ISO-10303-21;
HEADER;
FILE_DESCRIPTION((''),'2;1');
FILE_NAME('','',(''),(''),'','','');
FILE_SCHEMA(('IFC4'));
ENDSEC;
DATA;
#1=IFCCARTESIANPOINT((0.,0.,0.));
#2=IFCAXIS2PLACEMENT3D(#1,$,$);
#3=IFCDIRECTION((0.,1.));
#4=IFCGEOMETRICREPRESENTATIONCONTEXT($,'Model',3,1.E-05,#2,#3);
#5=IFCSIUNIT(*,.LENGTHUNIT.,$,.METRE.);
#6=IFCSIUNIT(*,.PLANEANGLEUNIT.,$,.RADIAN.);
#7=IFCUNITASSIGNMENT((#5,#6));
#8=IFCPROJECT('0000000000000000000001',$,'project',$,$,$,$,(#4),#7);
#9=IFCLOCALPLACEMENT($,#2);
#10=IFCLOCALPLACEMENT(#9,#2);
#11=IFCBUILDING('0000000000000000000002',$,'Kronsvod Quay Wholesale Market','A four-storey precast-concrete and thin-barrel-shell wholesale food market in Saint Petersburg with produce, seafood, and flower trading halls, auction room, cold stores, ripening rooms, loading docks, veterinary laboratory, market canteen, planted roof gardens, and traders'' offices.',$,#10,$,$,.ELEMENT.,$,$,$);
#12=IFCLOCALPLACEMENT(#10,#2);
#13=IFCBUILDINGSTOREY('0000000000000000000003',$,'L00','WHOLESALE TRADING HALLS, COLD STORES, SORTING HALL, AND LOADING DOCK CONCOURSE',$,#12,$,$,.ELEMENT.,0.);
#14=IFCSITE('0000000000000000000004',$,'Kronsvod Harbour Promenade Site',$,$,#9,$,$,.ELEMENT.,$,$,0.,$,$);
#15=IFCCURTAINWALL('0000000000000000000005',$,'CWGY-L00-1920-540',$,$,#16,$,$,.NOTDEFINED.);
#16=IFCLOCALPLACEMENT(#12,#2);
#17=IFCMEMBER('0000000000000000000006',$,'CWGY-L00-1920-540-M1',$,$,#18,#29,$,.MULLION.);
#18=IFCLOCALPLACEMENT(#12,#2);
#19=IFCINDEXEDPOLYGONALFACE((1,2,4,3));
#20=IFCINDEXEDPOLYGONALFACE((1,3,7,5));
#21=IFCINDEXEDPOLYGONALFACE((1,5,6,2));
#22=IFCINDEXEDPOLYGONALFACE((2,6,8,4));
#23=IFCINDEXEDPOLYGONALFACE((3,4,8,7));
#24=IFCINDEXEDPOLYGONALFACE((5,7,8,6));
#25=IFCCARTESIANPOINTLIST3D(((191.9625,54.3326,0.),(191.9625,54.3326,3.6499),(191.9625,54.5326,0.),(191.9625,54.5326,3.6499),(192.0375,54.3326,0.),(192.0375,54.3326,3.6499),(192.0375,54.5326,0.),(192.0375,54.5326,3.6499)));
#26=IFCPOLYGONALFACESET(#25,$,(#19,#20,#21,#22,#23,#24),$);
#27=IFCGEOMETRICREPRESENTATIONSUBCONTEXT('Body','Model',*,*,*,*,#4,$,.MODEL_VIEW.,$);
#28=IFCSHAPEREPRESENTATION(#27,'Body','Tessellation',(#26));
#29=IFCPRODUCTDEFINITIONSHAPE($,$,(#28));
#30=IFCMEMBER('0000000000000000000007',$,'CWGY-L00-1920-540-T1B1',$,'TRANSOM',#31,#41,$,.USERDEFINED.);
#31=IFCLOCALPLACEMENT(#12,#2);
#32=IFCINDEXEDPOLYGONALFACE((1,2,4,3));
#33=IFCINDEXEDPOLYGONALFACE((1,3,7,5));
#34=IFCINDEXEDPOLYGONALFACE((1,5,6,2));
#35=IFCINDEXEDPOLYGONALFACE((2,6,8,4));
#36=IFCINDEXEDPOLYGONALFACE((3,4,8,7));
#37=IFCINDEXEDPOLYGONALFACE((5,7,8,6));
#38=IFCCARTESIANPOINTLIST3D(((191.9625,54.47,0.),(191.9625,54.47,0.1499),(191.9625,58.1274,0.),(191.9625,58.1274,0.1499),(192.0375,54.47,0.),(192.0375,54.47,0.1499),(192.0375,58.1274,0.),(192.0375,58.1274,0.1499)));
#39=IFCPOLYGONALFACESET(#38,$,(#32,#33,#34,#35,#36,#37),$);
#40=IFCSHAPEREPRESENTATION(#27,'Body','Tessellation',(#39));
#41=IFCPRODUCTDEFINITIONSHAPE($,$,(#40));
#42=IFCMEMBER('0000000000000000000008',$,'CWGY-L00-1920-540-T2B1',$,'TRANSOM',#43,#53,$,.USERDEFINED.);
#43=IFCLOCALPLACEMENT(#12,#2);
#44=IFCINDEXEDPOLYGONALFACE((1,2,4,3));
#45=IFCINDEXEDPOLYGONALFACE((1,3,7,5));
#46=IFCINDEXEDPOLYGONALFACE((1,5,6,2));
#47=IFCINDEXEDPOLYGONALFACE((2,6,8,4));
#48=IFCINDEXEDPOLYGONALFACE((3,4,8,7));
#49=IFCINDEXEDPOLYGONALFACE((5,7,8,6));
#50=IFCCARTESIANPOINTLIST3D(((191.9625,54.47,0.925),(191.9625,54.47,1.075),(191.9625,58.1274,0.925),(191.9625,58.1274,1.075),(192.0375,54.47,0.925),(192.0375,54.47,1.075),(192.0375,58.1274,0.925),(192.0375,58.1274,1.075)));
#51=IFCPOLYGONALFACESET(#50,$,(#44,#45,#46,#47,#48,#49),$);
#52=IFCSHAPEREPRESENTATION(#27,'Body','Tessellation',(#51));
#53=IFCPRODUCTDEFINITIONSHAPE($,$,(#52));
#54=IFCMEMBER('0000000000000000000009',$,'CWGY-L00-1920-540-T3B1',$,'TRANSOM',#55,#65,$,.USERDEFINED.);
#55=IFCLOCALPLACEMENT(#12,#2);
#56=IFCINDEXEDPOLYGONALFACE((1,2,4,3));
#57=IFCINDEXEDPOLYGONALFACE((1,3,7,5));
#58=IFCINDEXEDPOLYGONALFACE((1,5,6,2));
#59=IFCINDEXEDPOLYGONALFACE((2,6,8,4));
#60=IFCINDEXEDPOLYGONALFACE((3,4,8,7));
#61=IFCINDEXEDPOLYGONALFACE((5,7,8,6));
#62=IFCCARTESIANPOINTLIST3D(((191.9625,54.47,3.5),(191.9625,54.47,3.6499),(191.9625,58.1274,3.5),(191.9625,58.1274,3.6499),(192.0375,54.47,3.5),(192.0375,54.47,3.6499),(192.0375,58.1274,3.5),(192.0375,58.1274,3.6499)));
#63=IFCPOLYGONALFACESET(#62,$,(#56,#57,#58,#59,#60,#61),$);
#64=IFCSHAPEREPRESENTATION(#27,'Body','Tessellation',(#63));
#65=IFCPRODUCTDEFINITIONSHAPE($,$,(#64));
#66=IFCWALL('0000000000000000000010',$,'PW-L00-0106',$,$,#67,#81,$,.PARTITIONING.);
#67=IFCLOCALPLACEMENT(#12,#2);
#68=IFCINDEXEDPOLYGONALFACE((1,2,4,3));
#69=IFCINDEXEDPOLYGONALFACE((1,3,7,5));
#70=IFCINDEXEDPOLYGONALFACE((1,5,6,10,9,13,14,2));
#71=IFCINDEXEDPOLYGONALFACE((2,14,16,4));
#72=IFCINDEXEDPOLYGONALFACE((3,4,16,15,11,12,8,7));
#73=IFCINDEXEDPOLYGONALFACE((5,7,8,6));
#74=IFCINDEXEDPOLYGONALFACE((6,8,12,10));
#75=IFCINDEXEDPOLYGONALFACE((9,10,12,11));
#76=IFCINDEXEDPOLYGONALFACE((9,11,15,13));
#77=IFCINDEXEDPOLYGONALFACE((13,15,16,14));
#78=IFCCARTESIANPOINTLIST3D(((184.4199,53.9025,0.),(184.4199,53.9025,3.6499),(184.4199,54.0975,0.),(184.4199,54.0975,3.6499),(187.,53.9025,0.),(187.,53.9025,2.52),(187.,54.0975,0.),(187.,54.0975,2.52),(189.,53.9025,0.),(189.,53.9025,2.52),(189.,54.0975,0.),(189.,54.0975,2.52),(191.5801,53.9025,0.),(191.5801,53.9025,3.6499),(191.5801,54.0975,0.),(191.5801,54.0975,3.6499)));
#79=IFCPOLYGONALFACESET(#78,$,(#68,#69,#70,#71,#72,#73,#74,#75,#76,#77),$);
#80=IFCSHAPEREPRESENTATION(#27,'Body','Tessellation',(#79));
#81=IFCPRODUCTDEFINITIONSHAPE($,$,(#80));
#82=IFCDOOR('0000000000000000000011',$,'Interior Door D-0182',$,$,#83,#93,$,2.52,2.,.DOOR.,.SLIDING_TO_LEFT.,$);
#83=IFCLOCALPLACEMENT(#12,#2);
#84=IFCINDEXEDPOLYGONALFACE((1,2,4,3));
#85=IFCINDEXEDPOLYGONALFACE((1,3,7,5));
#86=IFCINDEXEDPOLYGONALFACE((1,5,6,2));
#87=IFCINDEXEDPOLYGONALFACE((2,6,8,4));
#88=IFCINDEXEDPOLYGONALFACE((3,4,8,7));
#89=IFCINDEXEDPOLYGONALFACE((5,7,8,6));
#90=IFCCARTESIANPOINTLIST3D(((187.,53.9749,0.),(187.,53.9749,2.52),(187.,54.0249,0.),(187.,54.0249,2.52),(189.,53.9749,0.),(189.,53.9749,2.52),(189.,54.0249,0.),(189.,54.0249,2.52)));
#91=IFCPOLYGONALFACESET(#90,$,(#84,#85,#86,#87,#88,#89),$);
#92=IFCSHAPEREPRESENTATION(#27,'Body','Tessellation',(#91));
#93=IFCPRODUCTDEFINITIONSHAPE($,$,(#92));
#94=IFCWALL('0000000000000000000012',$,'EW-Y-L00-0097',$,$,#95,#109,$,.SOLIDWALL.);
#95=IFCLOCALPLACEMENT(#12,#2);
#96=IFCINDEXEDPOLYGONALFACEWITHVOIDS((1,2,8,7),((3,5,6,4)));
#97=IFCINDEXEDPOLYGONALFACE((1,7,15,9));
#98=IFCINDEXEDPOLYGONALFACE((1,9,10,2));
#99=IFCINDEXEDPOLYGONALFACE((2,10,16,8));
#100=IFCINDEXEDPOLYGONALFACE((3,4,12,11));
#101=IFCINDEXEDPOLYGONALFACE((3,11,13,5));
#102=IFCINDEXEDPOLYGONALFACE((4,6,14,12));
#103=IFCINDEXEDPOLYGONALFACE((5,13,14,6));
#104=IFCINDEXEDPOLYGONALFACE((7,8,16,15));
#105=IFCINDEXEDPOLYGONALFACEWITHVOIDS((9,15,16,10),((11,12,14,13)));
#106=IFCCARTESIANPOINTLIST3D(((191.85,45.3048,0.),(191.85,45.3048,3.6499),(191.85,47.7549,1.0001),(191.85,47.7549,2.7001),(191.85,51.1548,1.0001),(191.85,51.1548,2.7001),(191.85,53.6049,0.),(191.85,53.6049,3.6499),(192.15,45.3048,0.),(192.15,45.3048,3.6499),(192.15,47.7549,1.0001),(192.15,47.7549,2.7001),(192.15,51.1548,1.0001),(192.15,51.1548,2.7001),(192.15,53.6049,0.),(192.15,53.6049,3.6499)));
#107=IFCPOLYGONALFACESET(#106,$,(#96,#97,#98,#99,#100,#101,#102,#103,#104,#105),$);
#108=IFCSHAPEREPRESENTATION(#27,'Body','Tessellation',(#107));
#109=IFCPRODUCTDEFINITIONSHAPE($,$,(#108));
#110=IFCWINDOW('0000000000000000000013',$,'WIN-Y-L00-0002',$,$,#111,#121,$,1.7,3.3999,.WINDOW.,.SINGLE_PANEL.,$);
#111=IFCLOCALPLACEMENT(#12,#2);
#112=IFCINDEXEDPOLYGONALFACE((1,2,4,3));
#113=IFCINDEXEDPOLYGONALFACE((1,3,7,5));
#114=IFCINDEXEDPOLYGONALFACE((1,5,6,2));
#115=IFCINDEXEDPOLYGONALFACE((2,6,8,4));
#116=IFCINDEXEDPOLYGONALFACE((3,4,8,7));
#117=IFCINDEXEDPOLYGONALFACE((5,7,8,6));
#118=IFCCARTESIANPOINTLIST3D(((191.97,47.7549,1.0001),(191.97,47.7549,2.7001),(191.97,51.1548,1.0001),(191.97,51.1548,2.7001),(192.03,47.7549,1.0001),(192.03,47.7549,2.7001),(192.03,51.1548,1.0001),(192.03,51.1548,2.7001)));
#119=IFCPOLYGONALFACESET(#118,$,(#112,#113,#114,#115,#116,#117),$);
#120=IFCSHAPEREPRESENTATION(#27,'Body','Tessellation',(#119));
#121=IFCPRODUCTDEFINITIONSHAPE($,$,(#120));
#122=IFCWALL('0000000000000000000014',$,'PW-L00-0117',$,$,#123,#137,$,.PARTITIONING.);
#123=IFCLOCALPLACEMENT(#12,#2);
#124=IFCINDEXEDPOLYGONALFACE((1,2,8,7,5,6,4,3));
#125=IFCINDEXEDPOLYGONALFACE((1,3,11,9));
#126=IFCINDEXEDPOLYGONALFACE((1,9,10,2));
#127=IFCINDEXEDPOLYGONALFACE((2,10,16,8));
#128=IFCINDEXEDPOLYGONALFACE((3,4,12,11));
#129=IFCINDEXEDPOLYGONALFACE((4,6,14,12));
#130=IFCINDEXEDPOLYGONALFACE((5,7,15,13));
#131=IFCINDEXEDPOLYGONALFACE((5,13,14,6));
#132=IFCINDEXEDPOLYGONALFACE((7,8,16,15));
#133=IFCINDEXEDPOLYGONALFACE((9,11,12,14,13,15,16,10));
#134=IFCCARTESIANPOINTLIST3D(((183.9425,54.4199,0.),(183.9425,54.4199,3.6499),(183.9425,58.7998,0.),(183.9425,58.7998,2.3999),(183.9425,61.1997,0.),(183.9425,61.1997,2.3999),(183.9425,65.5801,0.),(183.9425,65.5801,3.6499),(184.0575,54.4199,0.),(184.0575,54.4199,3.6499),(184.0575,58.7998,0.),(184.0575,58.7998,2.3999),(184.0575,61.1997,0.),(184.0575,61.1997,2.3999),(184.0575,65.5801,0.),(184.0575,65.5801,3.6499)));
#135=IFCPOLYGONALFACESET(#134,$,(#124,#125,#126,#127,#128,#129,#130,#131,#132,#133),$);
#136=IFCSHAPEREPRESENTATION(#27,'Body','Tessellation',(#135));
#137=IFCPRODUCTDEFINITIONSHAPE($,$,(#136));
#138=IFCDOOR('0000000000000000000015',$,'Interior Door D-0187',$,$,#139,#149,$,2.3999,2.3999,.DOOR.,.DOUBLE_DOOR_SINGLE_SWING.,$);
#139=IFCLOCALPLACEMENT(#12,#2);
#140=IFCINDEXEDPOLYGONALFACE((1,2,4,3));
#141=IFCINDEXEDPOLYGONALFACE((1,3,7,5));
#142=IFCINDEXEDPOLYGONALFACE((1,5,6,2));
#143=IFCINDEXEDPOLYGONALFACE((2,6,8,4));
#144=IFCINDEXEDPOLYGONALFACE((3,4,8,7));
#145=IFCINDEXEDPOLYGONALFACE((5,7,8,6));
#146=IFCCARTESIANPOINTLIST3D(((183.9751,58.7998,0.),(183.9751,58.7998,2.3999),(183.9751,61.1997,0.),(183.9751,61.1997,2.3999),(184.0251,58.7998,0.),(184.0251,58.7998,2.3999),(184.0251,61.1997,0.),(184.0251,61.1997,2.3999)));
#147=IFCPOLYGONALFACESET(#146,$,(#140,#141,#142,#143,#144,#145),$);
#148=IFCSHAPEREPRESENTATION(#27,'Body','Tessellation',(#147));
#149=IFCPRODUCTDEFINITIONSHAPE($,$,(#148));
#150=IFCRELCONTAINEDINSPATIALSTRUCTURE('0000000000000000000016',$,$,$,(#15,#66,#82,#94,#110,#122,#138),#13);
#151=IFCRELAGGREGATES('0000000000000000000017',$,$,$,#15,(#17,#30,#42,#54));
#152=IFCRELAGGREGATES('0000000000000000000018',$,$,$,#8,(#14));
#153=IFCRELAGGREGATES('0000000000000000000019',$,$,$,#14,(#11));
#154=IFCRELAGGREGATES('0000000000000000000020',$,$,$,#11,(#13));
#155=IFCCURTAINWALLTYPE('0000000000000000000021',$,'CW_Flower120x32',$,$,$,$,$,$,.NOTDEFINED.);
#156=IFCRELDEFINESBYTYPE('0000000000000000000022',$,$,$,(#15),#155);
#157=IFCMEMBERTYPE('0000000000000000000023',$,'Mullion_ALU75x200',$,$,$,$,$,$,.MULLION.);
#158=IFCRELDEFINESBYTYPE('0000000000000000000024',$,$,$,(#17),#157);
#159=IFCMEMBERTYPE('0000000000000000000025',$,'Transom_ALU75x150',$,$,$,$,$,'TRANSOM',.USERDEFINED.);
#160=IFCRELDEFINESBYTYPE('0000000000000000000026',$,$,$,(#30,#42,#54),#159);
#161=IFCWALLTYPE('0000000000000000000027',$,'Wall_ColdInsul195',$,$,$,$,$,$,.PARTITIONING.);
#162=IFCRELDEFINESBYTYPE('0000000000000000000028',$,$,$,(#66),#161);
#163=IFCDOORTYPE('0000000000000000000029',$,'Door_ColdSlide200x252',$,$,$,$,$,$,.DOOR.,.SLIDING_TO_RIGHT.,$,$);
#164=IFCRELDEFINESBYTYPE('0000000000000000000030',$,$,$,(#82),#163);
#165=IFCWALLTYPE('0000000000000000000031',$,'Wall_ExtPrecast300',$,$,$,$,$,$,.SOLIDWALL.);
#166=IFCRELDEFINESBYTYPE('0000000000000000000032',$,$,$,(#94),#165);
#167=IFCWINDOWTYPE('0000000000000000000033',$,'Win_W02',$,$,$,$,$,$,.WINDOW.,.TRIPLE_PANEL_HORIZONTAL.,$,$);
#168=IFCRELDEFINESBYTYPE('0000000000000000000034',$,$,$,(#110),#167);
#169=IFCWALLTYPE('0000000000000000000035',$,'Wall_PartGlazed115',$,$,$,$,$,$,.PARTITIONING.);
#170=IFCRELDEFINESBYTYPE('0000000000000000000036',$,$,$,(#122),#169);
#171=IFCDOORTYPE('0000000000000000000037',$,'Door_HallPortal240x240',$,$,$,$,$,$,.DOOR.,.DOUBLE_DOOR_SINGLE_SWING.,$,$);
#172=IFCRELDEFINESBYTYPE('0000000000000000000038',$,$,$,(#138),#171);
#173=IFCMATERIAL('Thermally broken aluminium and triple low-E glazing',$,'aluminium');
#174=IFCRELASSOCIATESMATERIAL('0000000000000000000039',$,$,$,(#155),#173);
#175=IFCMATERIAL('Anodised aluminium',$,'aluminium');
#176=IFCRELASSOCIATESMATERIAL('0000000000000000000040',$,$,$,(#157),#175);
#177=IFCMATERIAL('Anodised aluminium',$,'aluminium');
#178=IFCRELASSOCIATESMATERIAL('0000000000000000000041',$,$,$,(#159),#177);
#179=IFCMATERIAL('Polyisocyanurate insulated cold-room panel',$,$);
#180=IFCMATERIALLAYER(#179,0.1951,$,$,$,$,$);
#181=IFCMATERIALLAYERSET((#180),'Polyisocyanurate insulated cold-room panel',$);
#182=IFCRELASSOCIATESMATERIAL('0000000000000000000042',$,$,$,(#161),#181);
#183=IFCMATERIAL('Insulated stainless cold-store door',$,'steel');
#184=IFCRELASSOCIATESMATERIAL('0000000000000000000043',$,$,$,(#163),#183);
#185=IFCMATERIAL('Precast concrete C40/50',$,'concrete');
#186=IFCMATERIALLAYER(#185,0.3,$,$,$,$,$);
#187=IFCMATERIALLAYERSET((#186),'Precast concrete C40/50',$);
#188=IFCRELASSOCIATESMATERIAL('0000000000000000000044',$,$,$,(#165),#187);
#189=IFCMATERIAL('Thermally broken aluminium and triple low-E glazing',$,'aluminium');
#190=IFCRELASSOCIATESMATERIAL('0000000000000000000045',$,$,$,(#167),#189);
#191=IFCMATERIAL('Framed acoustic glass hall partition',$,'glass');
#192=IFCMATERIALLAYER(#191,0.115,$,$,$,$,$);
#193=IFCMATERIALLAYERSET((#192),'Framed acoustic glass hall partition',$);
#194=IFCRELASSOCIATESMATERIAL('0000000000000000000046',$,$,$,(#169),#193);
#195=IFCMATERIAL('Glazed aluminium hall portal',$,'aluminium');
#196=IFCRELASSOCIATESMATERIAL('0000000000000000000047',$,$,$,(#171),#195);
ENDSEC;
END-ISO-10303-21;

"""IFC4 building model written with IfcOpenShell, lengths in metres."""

from ifc_helpers import new_model, si_unit, direction, frame, frame_2d, origin, origin_2d, place, context, subcontext, project, spatial, rectangle, extrude, material, layer, layer_set, material_profile, profile_set, type_object, element, fill, aggregate, save


model = new_model("IFC4")

# Units and contexts
model_context = context("Model", 3, precision=1e-05, world=origin(), true_north=direction((0.0, 1.0)))
body_context = subcontext(model_context, "Body", "Model", "MODEL_VIEW")
ifc_project = project(units=[si_unit("LENGTHUNIT", "METRE"), si_unit("PLANEANGLEUNIT", "RADIAN")], contexts=[model_context])

# Site, building, storey
site_placement = place(None, origin())
site = spatial("IfcSite", under=ifc_project, at=site_placement, Name="Kronsvod Harbour Promenade Site", CompositionType="ELEMENT", RefElevation=0.0)
building_placement = place(site_placement, origin())
building = spatial("IfcBuilding", under=site, at=building_placement, Name="Kronsvod Quay Wholesale Market", Description="A four-storey precast-concrete and thin-barrel-shell wholesale food market in Saint Petersburg with produce, seafood, and flower trading halls, auction room, cold stores, ripening rooms, loading docks, veterinary laboratory, market canteen, planted roof gardens, and traders' offices.", CompositionType="ELEMENT")
storey_placement = place(building_placement, origin())
storey = spatial("IfcBuildingStorey", under=building, at=storey_placement, Name="L00", Description="WHOLESALE TRADING HALLS, COLD STORES, SORTING HALL, AND LOADING DOCK CONCOURSE", CompositionType="ELEMENT", Elevation=0.0)

# Curtain wall, members
ifc_material_1 = material(Name="Thermally broken aluminium and triple low-E glazing", Category="aluminium")
curtain_wall_type = type_object("IfcCurtainWallType", Name="CW_Flower120x32", PredefinedType="NOTDEFINED", material=ifc_material_1)
curtain_wall_placement = place(storey_placement, origin())
curtain_wall = element("IfcCurtainWall", 1, at=curtain_wall_placement, inside=storey, type_object=curtain_wall_type, Name="CWGY-L00-1920-540", PredefinedType="NOTDEFINED")
ifc_material_2 = material(Name="Anodised aluminium", Category="aluminium")
ifc_material_profile_1 = material_profile(ifc_material_2, rectangle(XDim=0.075, YDim=0.2, at=origin_2d()), Name="ALUM75x200")
ifc_profile_set_1 = profile_set([ifc_material_profile_1], Name="Anodised aluminium")
member_type_1 = type_object("IfcMemberType", Name="Mullion_ALU75x200", PredefinedType="MULLION", material=ifc_profile_set_1)
member_1_placement = place(storey_placement, frame((192.0, 54.4326, 0.0), z_axis=(0.0, 0.0, 1.0), x_axis=(1.0, 0.0, 0.0)))
member_1 = element("IfcMember", 2, at=member_1_placement, type_object=member_type_1, Name="CWGY-L00-1920-540-M1", PredefinedType="MULLION", context=body_context, shape_type="SweptSolid", body=[
    extrude(rectangle(XDim=0.075, YDim=0.2, at=origin_2d()), origin(), (0.0, 0.0, 1.0), 3.6499),
])
ifc_material_3 = material(Name="Anodised aluminium", Category="aluminium")
ifc_material_profile_2 = material_profile(ifc_material_3, rectangle(XDim=0.075, YDim=0.1499, at=origin_2d()), Name="ALUT75x150")
ifc_profile_set_2 = profile_set([ifc_material_profile_2], Name="Anodised aluminium")
member_type_2 = type_object("IfcMemberType", Name="Transom_ALU75x150", ElementType="TRANSOM", PredefinedType="USERDEFINED", material=ifc_profile_set_2)
member_2_placement = place(storey_placement, frame((192.0, 54.47, 0.075), z_axis=(0.0, 1.0, 0.0), x_axis=(-1.0, 0.0, 0.0)))
member_2 = element("IfcMember", 3, at=member_2_placement, type_object=member_type_2, Name="CWGY-L00-1920-540-T1B1", ObjectType="TRANSOM", PredefinedType="USERDEFINED", context=body_context, shape_type="SweptSolid", body=[
    extrude(rectangle(XDim=0.075, YDim=0.1499, at=origin_2d()), origin(), (0.0, 0.0, 1.0), 3.6575),
])
member_3_placement = place(storey_placement, frame((192.0, 54.47, 1.0), z_axis=(0.0, 1.0, 0.0), x_axis=(-1.0, 0.0, 0.0)))
member_3 = element("IfcMember", 4, at=member_3_placement, type_object=member_type_2, Name="CWGY-L00-1920-540-T2B1", ObjectType="TRANSOM", PredefinedType="USERDEFINED", context=body_context, shape_type="SweptSolid", body=[
    extrude(rectangle(XDim=0.075, YDim=0.1499, at=origin_2d()), origin(), (0.0, 0.0, 1.0), 3.6575),
])
member_4_placement = place(storey_placement, frame((192.0, 54.47, 3.575), z_axis=(0.0, 1.0, 0.0), x_axis=(-1.0, 0.0, 0.0)))
member_4 = element("IfcMember", 5, at=member_4_placement, type_object=member_type_2, Name="CWGY-L00-1920-540-T3B1", ObjectType="TRANSOM", PredefinedType="USERDEFINED", context=body_context, shape_type="SweptSolid", body=[
    extrude(rectangle(XDim=0.075, YDim=0.1499, at=origin_2d()), origin(), (0.0, 0.0, 1.0), 3.6575),
])
aggregate(curtain_wall, [member_1, member_2, member_3, member_4])

# Wall, opening, door
ifc_material_4 = material(Name="Polyisocyanurate insulated cold-room panel")
ifc_layer_1 = layer(ifc_material_4, 0.1951)
ifc_layer_set_1 = layer_set([ifc_layer_1], Name="Polyisocyanurate insulated cold-room panel")
wall_type_1 = type_object("IfcWallType", Name="Wall_ColdInsul195", PredefinedType="PARTITIONING", material=ifc_layer_set_1)
wall_1_placement = place(storey_placement, frame((184.4199, 54.0, 0.0), z_axis=(0.0, 0.0, 1.0), x_axis=(1.0, 0.0, 0.0)))
wall_1 = element("IfcWall", 6, at=wall_1_placement, inside=storey, type_object=wall_type_1, Name="PW-L00-0106", PredefinedType="PARTITIONING", context=body_context, shape_type="SweptSolid", body=[
    extrude(rectangle(XDim=7.1602, YDim=0.1951, at=frame_2d((3.5801, 0.0))), origin(), (0.0, 0.0, 1.0), 3.6499),
])
opening_1_placement = place(wall_1_placement, frame((2.5801, 0.0, 0.0)))
opening_1 = element("IfcOpeningElement", 7, at=opening_1_placement, cuts=wall_1, PredefinedType="OPENING", context=body_context, shape_type="SweptSolid", body=[
    extrude(rectangle(XDim=2.0, YDim=2.52, at=frame_2d((1.0, 1.26))), frame((0.0, 0.1074, 0.0), z_axis=(0.0, -1.0, 0.0), x_axis=(1.0, 0.0, 0.0)), (0.0, 0.0, 1.0), 0.2151),
])
ifc_material_5 = material(Name="Insulated stainless cold-store door", Category="steel")
door_type_1 = type_object("IfcDoorType", Name="Door_ColdSlide200x252", OperationType="SLIDING_TO_RIGHT", PredefinedType="DOOR", material=ifc_material_5)
door_1_placement = place(opening_1_placement, origin())
door_1 = element("IfcDoor", 8, at=door_1_placement, inside=storey, type_object=door_type_1, Name="Interior Door D-0182", OperationType="SLIDING_TO_LEFT", OverallHeight=2.52, OverallWidth=2.0, PredefinedType="DOOR", context=body_context, shape_type="SweptSolid", body=[
    extrude(rectangle(XDim=2.0, YDim=2.52, at=frame_2d((1.0, 1.26))), frame((0.0, 0.0249, 0.0), z_axis=(0.0, -1.0, 0.0), x_axis=(1.0, 0.0, 0.0)), (0.0, 0.0, 1.0), 0.05),
])
fill(opening_1, door_1)

# Wall, opening, window
ifc_material_6 = material(Name="Precast concrete C40/50", Category="concrete")
ifc_layer_2 = layer(ifc_material_6, 0.3)
ifc_layer_set_2 = layer_set([ifc_layer_2], Name="Precast concrete C40/50")
wall_type_2 = type_object("IfcWallType", Name="Wall_ExtPrecast300", PredefinedType="SOLIDWALL", material=ifc_layer_set_2)
wall_2_placement = place(storey_placement, frame((192.0, 45.3049, 0.0), z_axis=(0.0, 0.0, 1.0), x_axis=(0.0, 1.0, 0.0)))
wall_2 = element("IfcWall", 9, at=wall_2_placement, inside=storey, type_object=wall_type_2, Name="EW-Y-L00-0097", PredefinedType="SOLIDWALL", context=body_context, shape_type="SweptSolid", body=[
    extrude(rectangle(XDim=8.3, YDim=0.3, at=frame_2d((4.1499, 0.0))), origin(), (0.0, 0.0, 1.0), 3.6499),
])
opening_2_placement = place(wall_2_placement, frame((2.45, 0.0, 1.0)))
opening_2 = element("IfcOpeningElement", 10, at=opening_2_placement, cuts=wall_2, PredefinedType="OPENING", context=body_context, shape_type="SweptSolid", body=[
    extrude(rectangle(XDim=3.3999, YDim=1.7, at=frame_2d((1.7, 0.8501))), frame((0.0, 0.1602, 0.0), z_axis=(0.0, -1.0, 0.0), x_axis=(1.0, 0.0, 0.0)), (0.0, 0.0, 1.0), 0.3201),
])
ifc_material_7 = material(Name="Thermally broken aluminium and triple low-E glazing", Category="aluminium")
window_type = type_object("IfcWindowType", Name="Win_W02", PartitioningType="TRIPLE_PANEL_HORIZONTAL", PredefinedType="WINDOW", material=ifc_material_7)
window_placement = place(opening_2_placement, origin())
window = element("IfcWindow", 11, at=window_placement, inside=storey, type_object=window_type, Name="WIN-Y-L00-0002", OverallHeight=1.7, OverallWidth=3.3999, PartitioningType="SINGLE_PANEL", PredefinedType="WINDOW", context=body_context, shape_type="SweptSolid", body=[
    extrude(rectangle(XDim=3.3999, YDim=1.7, at=frame_2d((1.7, 0.8501))), frame((0.0, 0.03, 0.0), z_axis=(0.0, -1.0, 0.0), x_axis=(1.0, 0.0, 0.0)), (0.0, 0.0, 1.0), 0.0601),
])
fill(opening_2, window)

# Wall, opening, door
ifc_material_8 = material(Name="Framed acoustic glass hall partition", Category="glass")
ifc_layer_3 = layer(ifc_material_8, 0.115)
ifc_layer_set_3 = layer_set([ifc_layer_3], Name="Framed acoustic glass hall partition")
wall_type_3 = type_object("IfcWallType", Name="Wall_PartGlazed115", PredefinedType="PARTITIONING", material=ifc_layer_set_3)
wall_3_placement = place(storey_placement, frame((184.0, 54.4199, 0.0), z_axis=(0.0, 0.0, 1.0), x_axis=(0.0, 1.0, 0.0)))
wall_3 = element("IfcWall", 12, at=wall_3_placement, inside=storey, type_object=wall_type_3, Name="PW-L00-0117", PredefinedType="PARTITIONING", context=body_context, shape_type="SweptSolid", body=[
    extrude(rectangle(XDim=11.1602, YDim=0.115, at=frame_2d((5.5801, 0.0))), origin(), (0.0, 0.0, 1.0), 3.6499),
])
opening_3_placement = place(wall_3_placement, frame((4.3799, 0.0, 0.0)))
opening_3 = element("IfcOpeningElement", 13, at=opening_3_placement, cuts=wall_3, PredefinedType="OPENING", context=body_context, shape_type="SweptSolid", body=[
    extrude(rectangle(XDim=2.3999, YDim=2.3999, at=frame_2d((1.2, 1.2))), frame((0.0, 0.0674, 0.0), z_axis=(0.0, -1.0, 0.0), x_axis=(1.0, 0.0, 0.0)), (0.0, 0.0, 1.0), 0.135),
])
ifc_material_9 = material(Name="Glazed aluminium hall portal", Category="aluminium")
door_type_2 = type_object("IfcDoorType", Name="Door_HallPortal240x240", OperationType="DOUBLE_DOOR_SINGLE_SWING", PredefinedType="DOOR", material=ifc_material_9)
door_2_placement = place(opening_3_placement, origin())
door_2 = element("IfcDoor", 14, at=door_2_placement, inside=storey, type_object=door_type_2, Name="Interior Door D-0187", OperationType="DOUBLE_DOOR_SINGLE_SWING", OverallHeight=2.3999, OverallWidth=2.3999, PredefinedType="DOOR", context=body_context, shape_type="SweptSolid", body=[
    extrude(rectangle(XDim=2.3999, YDim=2.3999, at=frame_2d((1.2, 1.2))), frame((0.0, 0.0249, 0.0), z_axis=(0.0, -1.0, 0.0), x_axis=(1.0, 0.0, 0.0)), (0.0, 0.0, 1.0), 0.05),
])
fill(opening_3, door_2)

save(model, "model.ifc")
